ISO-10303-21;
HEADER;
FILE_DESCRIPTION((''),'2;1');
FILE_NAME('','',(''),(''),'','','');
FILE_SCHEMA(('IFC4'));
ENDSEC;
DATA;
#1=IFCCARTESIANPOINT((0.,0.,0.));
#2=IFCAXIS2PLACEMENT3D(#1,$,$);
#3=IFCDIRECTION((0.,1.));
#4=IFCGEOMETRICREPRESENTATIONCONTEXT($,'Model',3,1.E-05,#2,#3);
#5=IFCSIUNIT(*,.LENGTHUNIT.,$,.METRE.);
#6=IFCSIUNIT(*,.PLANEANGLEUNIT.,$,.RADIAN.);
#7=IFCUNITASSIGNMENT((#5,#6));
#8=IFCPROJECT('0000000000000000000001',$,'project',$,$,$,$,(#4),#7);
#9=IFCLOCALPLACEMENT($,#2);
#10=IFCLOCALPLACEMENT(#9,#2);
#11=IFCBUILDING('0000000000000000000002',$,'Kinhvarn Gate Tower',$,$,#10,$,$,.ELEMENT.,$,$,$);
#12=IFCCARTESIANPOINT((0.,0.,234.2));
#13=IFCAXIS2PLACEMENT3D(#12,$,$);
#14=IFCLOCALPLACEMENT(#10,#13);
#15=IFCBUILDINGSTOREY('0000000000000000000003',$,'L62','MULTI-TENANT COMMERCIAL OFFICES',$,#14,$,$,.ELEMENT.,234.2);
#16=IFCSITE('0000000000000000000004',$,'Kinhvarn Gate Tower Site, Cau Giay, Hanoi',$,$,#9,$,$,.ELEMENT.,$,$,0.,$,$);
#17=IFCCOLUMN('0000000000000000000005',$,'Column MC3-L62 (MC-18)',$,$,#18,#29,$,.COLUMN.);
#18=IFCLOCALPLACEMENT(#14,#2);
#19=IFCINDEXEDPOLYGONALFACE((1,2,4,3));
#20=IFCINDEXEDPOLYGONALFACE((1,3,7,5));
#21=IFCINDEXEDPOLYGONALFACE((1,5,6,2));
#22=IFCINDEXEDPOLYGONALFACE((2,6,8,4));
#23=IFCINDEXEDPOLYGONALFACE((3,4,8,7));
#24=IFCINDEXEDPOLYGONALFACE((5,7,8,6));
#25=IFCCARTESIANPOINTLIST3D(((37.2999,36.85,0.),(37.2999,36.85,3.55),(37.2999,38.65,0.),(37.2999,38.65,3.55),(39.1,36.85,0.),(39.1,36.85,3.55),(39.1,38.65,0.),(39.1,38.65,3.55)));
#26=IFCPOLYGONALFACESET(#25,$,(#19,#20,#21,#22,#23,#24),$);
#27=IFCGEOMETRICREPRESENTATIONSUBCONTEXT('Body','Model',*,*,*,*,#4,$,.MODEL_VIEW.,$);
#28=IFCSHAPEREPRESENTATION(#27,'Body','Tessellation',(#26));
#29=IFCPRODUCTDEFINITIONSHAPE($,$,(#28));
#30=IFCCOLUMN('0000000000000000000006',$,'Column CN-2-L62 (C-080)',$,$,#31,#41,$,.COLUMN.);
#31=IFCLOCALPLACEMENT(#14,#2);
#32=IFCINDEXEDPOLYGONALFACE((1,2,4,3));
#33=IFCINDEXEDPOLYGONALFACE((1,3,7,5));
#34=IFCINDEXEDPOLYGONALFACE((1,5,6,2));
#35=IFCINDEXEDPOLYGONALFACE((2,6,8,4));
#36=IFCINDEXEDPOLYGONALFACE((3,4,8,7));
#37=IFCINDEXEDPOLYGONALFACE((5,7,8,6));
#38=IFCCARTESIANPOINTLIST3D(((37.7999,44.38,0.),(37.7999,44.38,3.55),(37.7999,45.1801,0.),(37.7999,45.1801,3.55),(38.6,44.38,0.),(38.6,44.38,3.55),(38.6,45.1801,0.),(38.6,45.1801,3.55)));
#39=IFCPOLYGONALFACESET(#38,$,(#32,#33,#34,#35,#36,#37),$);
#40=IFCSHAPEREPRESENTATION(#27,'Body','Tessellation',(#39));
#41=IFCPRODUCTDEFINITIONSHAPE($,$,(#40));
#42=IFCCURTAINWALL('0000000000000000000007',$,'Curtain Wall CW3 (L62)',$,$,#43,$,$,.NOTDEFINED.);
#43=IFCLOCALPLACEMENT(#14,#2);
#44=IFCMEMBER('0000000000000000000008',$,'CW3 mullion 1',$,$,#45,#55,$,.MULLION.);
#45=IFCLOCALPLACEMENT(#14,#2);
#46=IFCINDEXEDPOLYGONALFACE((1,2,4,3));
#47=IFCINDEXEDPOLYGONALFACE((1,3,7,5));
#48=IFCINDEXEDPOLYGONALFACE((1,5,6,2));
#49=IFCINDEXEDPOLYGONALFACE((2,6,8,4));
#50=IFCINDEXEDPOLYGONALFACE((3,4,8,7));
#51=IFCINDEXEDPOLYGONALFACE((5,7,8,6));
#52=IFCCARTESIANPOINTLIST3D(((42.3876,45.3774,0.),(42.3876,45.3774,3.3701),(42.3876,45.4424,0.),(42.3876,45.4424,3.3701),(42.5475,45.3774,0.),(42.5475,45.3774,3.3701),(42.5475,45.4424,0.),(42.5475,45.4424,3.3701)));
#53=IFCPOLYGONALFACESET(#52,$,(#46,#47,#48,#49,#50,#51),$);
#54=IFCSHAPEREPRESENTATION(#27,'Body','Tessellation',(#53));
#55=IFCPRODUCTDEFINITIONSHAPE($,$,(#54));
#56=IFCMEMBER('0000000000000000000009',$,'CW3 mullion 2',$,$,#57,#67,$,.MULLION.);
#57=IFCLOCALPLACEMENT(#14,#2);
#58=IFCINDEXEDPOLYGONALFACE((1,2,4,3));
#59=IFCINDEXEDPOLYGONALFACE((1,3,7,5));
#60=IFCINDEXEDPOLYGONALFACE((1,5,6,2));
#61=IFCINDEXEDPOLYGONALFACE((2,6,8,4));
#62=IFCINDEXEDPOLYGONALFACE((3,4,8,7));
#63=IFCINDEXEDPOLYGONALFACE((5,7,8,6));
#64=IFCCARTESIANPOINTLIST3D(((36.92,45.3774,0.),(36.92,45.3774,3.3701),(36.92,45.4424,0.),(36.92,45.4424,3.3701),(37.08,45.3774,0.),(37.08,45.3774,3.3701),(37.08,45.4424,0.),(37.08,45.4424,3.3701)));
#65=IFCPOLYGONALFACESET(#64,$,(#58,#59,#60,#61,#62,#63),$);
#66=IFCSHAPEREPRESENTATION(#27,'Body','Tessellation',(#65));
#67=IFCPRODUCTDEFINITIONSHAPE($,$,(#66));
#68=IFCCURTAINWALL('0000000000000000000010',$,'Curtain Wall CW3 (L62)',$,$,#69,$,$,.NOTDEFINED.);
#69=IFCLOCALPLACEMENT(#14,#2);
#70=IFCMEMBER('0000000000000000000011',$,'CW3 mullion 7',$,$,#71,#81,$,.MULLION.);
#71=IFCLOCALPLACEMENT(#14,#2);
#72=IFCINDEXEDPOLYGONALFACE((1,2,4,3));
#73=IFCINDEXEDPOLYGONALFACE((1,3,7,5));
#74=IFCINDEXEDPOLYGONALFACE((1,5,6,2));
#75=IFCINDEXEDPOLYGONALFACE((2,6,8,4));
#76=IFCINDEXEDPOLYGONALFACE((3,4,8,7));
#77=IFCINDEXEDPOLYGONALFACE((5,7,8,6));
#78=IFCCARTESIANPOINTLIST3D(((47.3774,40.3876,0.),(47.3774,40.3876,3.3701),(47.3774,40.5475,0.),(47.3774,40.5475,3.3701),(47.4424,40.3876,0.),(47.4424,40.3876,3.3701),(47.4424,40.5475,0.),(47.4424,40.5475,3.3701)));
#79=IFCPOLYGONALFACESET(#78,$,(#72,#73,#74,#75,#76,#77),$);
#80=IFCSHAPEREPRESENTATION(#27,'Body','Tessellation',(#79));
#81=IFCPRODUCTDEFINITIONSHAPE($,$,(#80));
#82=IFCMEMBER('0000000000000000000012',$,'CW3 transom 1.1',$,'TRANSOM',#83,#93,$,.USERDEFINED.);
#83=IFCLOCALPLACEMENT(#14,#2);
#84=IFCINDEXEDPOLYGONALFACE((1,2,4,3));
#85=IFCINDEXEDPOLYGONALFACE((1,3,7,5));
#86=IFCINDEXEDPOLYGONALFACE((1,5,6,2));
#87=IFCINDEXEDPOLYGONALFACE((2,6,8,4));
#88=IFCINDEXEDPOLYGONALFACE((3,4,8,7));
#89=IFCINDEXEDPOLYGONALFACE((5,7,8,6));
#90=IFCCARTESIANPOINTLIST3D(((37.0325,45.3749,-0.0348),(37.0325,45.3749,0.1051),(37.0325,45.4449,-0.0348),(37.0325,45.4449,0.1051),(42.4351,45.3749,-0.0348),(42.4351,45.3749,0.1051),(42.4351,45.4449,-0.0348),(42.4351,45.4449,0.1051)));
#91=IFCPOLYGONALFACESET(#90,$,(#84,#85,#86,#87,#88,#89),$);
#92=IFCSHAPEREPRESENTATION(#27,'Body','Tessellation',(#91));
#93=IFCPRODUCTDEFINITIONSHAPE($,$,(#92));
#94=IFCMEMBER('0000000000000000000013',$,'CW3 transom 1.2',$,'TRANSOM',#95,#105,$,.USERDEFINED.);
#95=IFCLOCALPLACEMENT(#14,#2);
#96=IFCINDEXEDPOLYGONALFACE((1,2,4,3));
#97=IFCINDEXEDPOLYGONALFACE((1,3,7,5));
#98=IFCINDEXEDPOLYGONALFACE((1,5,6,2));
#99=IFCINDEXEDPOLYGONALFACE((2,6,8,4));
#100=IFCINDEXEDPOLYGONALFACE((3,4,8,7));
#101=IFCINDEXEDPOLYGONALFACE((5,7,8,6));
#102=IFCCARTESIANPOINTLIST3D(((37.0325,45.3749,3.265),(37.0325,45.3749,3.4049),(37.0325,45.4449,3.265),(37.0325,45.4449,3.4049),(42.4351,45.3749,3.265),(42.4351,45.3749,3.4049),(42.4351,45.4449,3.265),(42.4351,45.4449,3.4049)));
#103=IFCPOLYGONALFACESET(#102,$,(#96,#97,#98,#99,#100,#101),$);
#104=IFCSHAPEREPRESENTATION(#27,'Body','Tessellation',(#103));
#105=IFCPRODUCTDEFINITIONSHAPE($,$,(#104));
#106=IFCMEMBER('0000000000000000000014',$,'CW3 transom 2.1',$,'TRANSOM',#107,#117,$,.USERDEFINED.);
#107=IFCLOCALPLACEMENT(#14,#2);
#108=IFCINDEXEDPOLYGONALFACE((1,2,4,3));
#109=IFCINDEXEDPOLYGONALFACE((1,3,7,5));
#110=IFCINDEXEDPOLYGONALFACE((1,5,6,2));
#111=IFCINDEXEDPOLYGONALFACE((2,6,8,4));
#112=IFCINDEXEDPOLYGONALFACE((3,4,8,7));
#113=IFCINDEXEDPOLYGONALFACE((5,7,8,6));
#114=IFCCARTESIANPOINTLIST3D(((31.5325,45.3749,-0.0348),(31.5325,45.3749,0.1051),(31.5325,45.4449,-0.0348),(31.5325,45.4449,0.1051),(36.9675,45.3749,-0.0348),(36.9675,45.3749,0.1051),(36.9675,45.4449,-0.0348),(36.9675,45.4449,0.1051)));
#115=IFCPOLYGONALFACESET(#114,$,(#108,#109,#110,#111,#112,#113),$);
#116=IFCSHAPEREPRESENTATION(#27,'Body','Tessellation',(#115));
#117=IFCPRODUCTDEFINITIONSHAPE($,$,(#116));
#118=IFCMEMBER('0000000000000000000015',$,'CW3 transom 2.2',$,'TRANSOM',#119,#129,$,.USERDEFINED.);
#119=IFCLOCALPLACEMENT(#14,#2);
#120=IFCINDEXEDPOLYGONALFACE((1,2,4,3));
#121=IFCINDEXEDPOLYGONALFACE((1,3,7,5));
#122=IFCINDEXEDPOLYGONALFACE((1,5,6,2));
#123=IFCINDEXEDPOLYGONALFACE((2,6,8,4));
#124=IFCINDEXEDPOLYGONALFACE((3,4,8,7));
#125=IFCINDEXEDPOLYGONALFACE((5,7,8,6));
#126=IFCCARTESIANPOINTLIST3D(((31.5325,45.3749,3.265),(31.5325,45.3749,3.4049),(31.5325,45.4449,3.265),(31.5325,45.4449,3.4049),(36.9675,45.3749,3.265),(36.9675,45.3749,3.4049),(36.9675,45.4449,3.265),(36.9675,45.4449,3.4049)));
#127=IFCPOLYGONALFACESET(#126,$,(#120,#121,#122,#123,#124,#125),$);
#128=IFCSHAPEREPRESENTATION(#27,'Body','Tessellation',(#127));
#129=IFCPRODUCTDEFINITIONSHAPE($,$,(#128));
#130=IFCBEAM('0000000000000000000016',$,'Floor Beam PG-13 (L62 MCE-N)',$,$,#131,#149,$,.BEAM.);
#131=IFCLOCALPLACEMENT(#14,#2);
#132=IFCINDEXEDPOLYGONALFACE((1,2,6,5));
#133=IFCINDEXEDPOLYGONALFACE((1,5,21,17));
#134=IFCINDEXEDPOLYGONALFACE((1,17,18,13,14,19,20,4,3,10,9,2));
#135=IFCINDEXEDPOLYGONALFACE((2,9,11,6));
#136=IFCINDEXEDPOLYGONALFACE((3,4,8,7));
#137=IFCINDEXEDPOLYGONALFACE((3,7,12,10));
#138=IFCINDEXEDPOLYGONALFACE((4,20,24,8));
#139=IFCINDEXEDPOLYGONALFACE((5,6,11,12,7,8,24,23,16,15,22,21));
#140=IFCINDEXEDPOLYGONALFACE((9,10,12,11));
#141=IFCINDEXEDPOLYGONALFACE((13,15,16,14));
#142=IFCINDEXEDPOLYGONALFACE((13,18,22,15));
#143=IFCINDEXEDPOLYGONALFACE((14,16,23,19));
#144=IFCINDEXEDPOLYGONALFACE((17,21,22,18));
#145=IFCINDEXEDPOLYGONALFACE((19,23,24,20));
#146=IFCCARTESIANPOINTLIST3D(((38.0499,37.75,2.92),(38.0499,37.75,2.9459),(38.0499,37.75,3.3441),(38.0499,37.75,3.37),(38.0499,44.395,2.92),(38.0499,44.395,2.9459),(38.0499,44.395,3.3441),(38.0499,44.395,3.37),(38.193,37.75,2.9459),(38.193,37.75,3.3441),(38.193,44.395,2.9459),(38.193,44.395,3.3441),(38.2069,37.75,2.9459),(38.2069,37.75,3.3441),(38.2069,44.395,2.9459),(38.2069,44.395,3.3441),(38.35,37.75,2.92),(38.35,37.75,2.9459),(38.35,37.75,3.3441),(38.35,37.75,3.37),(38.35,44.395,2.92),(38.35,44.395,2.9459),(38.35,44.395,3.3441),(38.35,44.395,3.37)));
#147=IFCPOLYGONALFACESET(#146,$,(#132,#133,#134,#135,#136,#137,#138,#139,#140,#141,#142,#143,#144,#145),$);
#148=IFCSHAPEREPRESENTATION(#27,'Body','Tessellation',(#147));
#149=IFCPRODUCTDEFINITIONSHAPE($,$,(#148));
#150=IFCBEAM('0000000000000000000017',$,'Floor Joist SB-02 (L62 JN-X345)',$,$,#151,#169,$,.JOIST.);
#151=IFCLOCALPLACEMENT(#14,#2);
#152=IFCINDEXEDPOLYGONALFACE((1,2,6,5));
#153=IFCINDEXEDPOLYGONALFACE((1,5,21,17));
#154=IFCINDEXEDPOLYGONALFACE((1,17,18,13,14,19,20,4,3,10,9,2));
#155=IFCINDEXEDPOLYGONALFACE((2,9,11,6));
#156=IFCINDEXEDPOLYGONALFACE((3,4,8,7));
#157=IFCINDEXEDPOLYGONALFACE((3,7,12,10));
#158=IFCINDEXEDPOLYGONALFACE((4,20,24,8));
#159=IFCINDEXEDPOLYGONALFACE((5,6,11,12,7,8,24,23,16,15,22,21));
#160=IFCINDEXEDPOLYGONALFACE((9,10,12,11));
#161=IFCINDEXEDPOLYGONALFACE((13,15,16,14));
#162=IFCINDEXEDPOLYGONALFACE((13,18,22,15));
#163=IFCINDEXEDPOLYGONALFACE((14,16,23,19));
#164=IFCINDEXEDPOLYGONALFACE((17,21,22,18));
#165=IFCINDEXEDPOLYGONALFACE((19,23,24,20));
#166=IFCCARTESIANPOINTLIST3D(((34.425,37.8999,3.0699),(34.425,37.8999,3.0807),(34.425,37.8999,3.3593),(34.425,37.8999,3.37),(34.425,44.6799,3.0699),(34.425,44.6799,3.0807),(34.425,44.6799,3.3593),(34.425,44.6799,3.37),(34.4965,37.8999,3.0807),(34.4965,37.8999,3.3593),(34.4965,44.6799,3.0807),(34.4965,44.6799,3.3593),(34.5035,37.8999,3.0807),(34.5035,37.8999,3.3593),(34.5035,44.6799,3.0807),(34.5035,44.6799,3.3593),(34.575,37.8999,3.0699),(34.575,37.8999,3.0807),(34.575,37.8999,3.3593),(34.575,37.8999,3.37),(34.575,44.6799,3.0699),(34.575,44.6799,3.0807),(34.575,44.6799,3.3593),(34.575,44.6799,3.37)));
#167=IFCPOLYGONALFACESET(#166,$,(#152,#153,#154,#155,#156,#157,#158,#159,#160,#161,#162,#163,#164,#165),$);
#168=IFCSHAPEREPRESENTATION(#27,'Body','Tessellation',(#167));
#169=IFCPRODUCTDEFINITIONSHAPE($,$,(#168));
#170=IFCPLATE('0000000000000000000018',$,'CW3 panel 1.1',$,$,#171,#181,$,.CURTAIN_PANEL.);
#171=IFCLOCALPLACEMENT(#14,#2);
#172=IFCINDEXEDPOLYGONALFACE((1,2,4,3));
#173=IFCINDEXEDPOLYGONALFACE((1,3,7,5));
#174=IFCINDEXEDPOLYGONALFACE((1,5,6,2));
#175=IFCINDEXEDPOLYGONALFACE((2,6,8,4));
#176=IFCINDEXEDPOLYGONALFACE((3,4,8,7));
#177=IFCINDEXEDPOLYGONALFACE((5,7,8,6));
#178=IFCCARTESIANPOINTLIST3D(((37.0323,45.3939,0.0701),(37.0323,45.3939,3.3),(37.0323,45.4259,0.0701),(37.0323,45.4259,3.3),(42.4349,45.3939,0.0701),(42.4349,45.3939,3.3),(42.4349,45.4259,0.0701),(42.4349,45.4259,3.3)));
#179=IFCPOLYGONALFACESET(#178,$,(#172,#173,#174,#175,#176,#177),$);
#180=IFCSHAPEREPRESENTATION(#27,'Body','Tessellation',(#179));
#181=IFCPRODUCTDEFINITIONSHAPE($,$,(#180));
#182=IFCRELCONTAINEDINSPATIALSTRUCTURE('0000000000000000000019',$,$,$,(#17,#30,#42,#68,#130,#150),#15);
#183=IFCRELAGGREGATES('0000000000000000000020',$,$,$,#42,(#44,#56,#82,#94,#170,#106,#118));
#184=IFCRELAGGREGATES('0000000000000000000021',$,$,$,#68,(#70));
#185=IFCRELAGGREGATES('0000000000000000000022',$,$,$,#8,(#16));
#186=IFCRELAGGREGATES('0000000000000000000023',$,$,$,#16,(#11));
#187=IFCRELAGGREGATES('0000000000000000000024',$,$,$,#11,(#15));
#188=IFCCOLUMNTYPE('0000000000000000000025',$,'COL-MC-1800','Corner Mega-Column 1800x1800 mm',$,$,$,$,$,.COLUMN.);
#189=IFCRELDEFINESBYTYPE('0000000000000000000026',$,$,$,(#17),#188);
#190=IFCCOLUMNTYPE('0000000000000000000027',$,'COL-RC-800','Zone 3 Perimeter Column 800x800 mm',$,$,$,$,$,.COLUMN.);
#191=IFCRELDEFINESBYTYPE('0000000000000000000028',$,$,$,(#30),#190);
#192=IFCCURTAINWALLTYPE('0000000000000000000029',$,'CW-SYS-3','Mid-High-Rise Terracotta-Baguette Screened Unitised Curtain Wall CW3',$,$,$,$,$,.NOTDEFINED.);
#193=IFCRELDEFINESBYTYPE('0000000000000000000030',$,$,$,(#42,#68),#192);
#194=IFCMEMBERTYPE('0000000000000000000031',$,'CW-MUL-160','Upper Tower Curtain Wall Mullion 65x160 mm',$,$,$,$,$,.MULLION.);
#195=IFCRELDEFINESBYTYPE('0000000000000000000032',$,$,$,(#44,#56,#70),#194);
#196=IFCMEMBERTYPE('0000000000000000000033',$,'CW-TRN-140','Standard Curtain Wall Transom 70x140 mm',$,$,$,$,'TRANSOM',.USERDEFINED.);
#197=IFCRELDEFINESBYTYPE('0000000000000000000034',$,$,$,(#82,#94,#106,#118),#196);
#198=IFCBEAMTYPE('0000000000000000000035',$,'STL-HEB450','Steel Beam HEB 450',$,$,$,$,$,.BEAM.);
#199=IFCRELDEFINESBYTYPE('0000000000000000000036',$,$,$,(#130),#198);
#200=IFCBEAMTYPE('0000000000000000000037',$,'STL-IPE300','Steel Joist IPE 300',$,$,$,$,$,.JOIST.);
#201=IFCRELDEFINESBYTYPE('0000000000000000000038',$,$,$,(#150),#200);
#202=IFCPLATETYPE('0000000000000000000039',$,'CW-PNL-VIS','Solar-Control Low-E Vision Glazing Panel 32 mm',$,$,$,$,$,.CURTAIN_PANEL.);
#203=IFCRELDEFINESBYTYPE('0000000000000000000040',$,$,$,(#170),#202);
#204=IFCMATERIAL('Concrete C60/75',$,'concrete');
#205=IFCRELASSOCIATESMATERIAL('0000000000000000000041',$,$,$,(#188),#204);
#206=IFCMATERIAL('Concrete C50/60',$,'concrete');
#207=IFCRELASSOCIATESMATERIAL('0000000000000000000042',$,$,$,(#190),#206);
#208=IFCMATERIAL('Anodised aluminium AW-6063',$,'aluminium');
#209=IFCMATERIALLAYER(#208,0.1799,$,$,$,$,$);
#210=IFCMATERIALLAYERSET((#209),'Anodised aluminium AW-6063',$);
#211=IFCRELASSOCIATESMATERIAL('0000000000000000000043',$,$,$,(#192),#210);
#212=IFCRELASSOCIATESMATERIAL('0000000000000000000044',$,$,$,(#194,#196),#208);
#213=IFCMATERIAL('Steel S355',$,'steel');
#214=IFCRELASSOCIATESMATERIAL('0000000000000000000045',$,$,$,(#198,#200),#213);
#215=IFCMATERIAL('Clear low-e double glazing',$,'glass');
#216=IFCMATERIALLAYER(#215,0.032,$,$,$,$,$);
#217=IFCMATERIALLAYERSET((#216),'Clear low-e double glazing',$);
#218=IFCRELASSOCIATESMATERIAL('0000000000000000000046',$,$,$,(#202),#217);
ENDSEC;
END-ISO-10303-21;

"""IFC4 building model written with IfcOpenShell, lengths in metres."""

from ifc_helpers import new_model, si_unit, direction, frame, origin, origin_2d, place, context, subcontext, project, spatial, rectangle, i_section, extrude, material, layer, layer_set, material_profile, profile_set, type_object, element, aggregate, save


model = new_model("IFC4")

# Units and contexts
model_context = context("Model", 3, precision=1e-05, world=origin(), true_north=direction((0.0, 1.0)))
body_context = subcontext(model_context, "Body", "Model", "MODEL_VIEW")
ifc_project = project(units=[si_unit("LENGTHUNIT", "METRE"), si_unit("PLANEANGLEUNIT", "RADIAN")], contexts=[model_context])

# Site, building, storey
site_placement = place(None, origin())
site = spatial("IfcSite", under=ifc_project, at=site_placement, Name="Kinhvarn Gate Tower Site, Cau Giay, Hanoi", CompositionType="ELEMENT", RefElevation=0.0)
building_placement = place(site_placement, origin())
building = spatial("IfcBuilding", under=site, at=building_placement, Name="Kinhvarn Gate Tower", CompositionType="ELEMENT")
storey_placement = place(building_placement, frame((0.0, 0.0, 234.2)))
storey = spatial("IfcBuildingStorey", under=building, at=storey_placement, Name="L62", Description="MULTI-TENANT COMMERCIAL OFFICES", CompositionType="ELEMENT", Elevation=234.2)

# Columns
ifc_material_1 = material(Name="Concrete C60/75", Category="concrete")
ifc_material_profile_1 = material_profile(ifc_material_1, rectangle(XDim=1.8, YDim=1.8, at=origin_2d()), Name="RC 1800x1800")
ifc_profile_set_1 = profile_set([ifc_material_profile_1], Name="Concrete C60/75")
column_type_1 = type_object("IfcColumnType", Name="COL-MC-1800", Description="Corner Mega-Column 1800x1800 mm", PredefinedType="COLUMN", material=ifc_profile_set_1)
column_1_placement = place(storey_placement, frame((38.2, 37.75, 0.0), z_axis=(0.0, 0.0, 1.0), x_axis=(1.0, 0.0, 0.0)))
element("IfcColumn", 1, at=column_1_placement, inside=storey, type_object=column_type_1, Name="Column MC3-L62 (MC-18)", PredefinedType="COLUMN", context=body_context, shape_type="SweptSolid", body=[
    extrude(rectangle(XDim=1.8, YDim=1.8, at=origin_2d()), origin(), (0.0, 0.0, 1.0), 3.55),
])
ifc_material_2 = material(Name="Concrete C50/60", Category="concrete")
ifc_material_profile_2 = material_profile(ifc_material_2, rectangle(XDim=0.8, YDim=0.8, at=origin_2d()), Name="RC 800x800")
ifc_profile_set_2 = profile_set([ifc_material_profile_2], Name="Concrete C50/60")
column_type_2 = type_object("IfcColumnType", Name="COL-RC-800", Description="Zone 3 Perimeter Column 800x800 mm", PredefinedType="COLUMN", material=ifc_profile_set_2)
column_2_placement = place(storey_placement, frame((38.2, 44.78, 0.0), z_axis=(0.0, 0.0, 1.0), x_axis=(1.0, 0.0, 0.0)))
element("IfcColumn", 2, at=column_2_placement, inside=storey, type_object=column_type_2, Name="Column CN-2-L62 (C-080)", PredefinedType="COLUMN", context=body_context, shape_type="SweptSolid", body=[
    extrude(rectangle(XDim=0.8, YDim=0.8, at=origin_2d()), origin(), (0.0, 0.0, 1.0), 3.55),
])

# Curtain wall, members
ifc_material_3 = material(Name="Anodised aluminium AW-6063", Category="aluminium")
ifc_layer_1 = layer(ifc_material_3, 0.1799)
ifc_layer_set_1 = layer_set([ifc_layer_1], Name="Anodised aluminium AW-6063")
curtain_wall_type = type_object("IfcCurtainWallType", Name="CW-SYS-3", Description="Mid-High-Rise Terracotta-Baguette Screened Unitised Curtain Wall CW3", PredefinedType="NOTDEFINED", material=ifc_layer_set_1)
curtain_wall_1_placement = place(storey_placement, origin())
curtain_wall_1 = element("IfcCurtainWall", 3, at=curtain_wall_1_placement, inside=storey, type_object=curtain_wall_type, Name="Curtain Wall CW3 (L62)", PredefinedType="NOTDEFINED")
ifc_material_profile_3 = material_profile(ifc_material_3, rectangle(XDim=0.0649, YDim=0.1599, at=origin_2d()), Name="ALU 65x160")
ifc_profile_set_3 = profile_set([ifc_material_profile_3], Name="Anodised aluminium AW-6063")
member_type_1 = type_object("IfcMemberType", Name="CW-MUL-160", Description="Upper Tower Curtain Wall Mullion 65x160 mm", PredefinedType="MULLION", material=ifc_profile_set_3)
member_1_placement = place(storey_placement, frame((42.4675, 45.4099, 0.0), z_axis=(0.0, 0.0, 1.0), x_axis=(0.0, -1.0, 0.0)))
member_1 = element("IfcMember", 4, at=member_1_placement, type_object=member_type_1, Name="CW3 mullion 1", PredefinedType="MULLION", context=body_context, shape_type="SweptSolid", body=[
    extrude(rectangle(XDim=0.0649, YDim=0.1599, at=origin_2d()), origin(), (0.0, 0.0, 1.0), 3.3701),
])
member_2_placement = place(storey_placement, frame((37.0, 45.4099, 0.0), z_axis=(0.0, 0.0, 1.0), x_axis=(0.0, -1.0, 0.0)))
member_2 = element("IfcMember", 5, at=member_2_placement, type_object=member_type_1, Name="CW3 mullion 2", PredefinedType="MULLION", context=body_context, shape_type="SweptSolid", body=[
    extrude(rectangle(XDim=0.0649, YDim=0.1599, at=origin_2d()), origin(), (0.0, 0.0, 1.0), 3.3701),
])

# Curtain wall, member
curtain_wall_2_placement = place(storey_placement, origin())
curtain_wall_2 = element("IfcCurtainWall", 6, at=curtain_wall_2_placement, inside=storey, type_object=curtain_wall_type, Name="Curtain Wall CW3 (L62)", PredefinedType="NOTDEFINED")
member_3_placement = place(storey_placement, frame((47.4099, 40.4675, 0.0), z_axis=(0.0, 0.0, 1.0), x_axis=(-1.0, 0.0, 0.0)))
member_3 = element("IfcMember", 7, at=member_3_placement, type_object=member_type_1, Name="CW3 mullion 7", PredefinedType="MULLION", context=body_context, shape_type="SweptSolid", body=[
    extrude(rectangle(XDim=0.0649, YDim=0.1599, at=origin_2d()), origin(), (0.0, 0.0, 1.0), 3.3701),
])

# Members
ifc_material_profile_4 = material_profile(ifc_material_3, rectangle(XDim=0.0701, YDim=0.1399, at=origin_2d()), Name="ALU 70x140")
ifc_profile_set_4 = profile_set([ifc_material_profile_4], Name="Anodised aluminium AW-6063")
member_type_2 = type_object("IfcMemberType", Name="CW-TRN-140", Description="Standard Curtain Wall Transom 70x140 mm", ElementType="TRANSOM", PredefinedType="USERDEFINED", material=ifc_profile_set_4)
member_4_placement = place(storey_placement, frame((42.4351, 45.4099, 0.0352), z_axis=(-1.0, 0.0, 0.0), x_axis=(0.0, -1.0, 0.0)))
member_4 = element("IfcMember", 8, at=member_4_placement, type_object=member_type_2, Name="CW3 transom 1.1", ObjectType="TRANSOM", PredefinedType="USERDEFINED", context=body_context, shape_type="SweptSolid", body=[
    extrude(rectangle(XDim=0.0701, YDim=0.1399, at=origin_2d()), origin(), (0.0, 0.0, 1.0), 5.4026),
])
member_5_placement = place(storey_placement, frame((42.4351, 45.4099, 3.335), z_axis=(-1.0, 0.0, 0.0), x_axis=(0.0, -1.0, 0.0)))
member_5 = element("IfcMember", 9, at=member_5_placement, type_object=member_type_2, Name="CW3 transom 1.2", ObjectType="TRANSOM", PredefinedType="USERDEFINED", context=body_context, shape_type="SweptSolid", body=[
    extrude(rectangle(XDim=0.0701, YDim=0.1399, at=origin_2d()), origin(), (0.0, 0.0, 1.0), 5.4026),
])
member_6_placement = place(storey_placement, frame((36.9675, 45.4099, 0.0352), z_axis=(-1.0, 0.0, 0.0), x_axis=(0.0, -1.0, 0.0)))
member_6 = element("IfcMember", 10, at=member_6_placement, type_object=member_type_2, Name="CW3 transom 2.1", ObjectType="TRANSOM", PredefinedType="USERDEFINED", context=body_context, shape_type="SweptSolid", body=[
    extrude(rectangle(XDim=0.0701, YDim=0.1399, at=origin_2d()), origin(), (0.0, 0.0, 1.0), 5.4351),
])
member_7_placement = place(storey_placement, frame((36.9675, 45.4099, 3.335), z_axis=(-1.0, 0.0, 0.0), x_axis=(0.0, -1.0, 0.0)))
member_7 = element("IfcMember", 11, at=member_7_placement, type_object=member_type_2, Name="CW3 transom 2.2", ObjectType="TRANSOM", PredefinedType="USERDEFINED", context=body_context, shape_type="SweptSolid", body=[
    extrude(rectangle(XDim=0.0701, YDim=0.1399, at=origin_2d()), origin(), (0.0, 0.0, 1.0), 5.4351),
])

# Beams
ifc_material_4 = material(Name="Steel S355", Category="steel")
ifc_material_profile_5 = material_profile(ifc_material_4, i_section(OverallWidth=0.3, OverallDepth=0.45, WebThickness=0.0139, FlangeThickness=0.0259, at=origin_2d()), Name="HEB 450")
ifc_profile_set_5 = profile_set([ifc_material_profile_5], Name="Steel S355")
beam_type_1 = type_object("IfcBeamType", Name="STL-HEB450", Description="Steel Beam HEB 450", PredefinedType="BEAM", material=ifc_profile_set_5)
beam_1_placement = place(storey_placement, frame((38.2, 37.75, 3.145), z_axis=(0.0, 1.0, 0.0), x_axis=(-1.0, 0.0, 0.0)))
element("IfcBeam", 12, at=beam_1_placement, inside=storey, type_object=beam_type_1, Name="Floor Beam PG-13 (L62 MCE-N)", PredefinedType="BEAM", context=body_context, shape_type="SweptSolid", body=[
    extrude(i_section(OverallWidth=0.3, OverallDepth=0.45, WebThickness=0.0139, FlangeThickness=0.0259, at=origin_2d()), origin(), (0.0, 0.0, 1.0), 6.645),
])
ifc_material_profile_6 = material_profile(ifc_material_4, i_section(OverallWidth=0.1499, OverallDepth=0.3, WebThickness=0.0071, FlangeThickness=0.0107, at=origin_2d()), Name="IPE 300")
ifc_profile_set_6 = profile_set([ifc_material_profile_6], Name="Steel S355")
beam_type_2 = type_object("IfcBeamType", Name="STL-IPE300", Description="Steel Joist IPE 300", PredefinedType="JOIST", material=ifc_profile_set_6)
beam_2_placement = place(storey_placement, frame((34.5, 37.8999, 3.22), z_axis=(0.0, 1.0, 0.0), x_axis=(-1.0, 0.0, 0.0)))
element("IfcBeam", 13, at=beam_2_placement, inside=storey, type_object=beam_type_2, Name="Floor Joist SB-02 (L62 JN-X345)", PredefinedType="JOIST", context=body_context, shape_type="SweptSolid", body=[
    extrude(i_section(OverallWidth=0.1499, OverallDepth=0.3, WebThickness=0.0071, FlangeThickness=0.0107, at=origin_2d()), origin(), (0.0, 0.0, 1.0), 6.78),
])

# Plate
ifc_material_5 = material(Name="Clear low-e double glazing", Category="glass")
ifc_layer_2 = layer(ifc_material_5, 0.032)
ifc_layer_set_2 = layer_set([ifc_layer_2], Name="Clear low-e double glazing")
plate_type = type_object("IfcPlateType", Name="CW-PNL-VIS", Description="Solar-Control Low-E Vision Glazing Panel 32 mm", PredefinedType="CURTAIN_PANEL", material=ifc_layer_set_2)
plate_1_placement = place(storey_placement, frame((39.7336, 45.4099, 0.0701), z_axis=(0.0, 0.0, 1.0), x_axis=(-1.0, 0.0, 0.0)))
plate_1 = element("IfcPlate", 14, at=plate_1_placement, type_object=plate_type, Name="CW3 panel 1.1", PredefinedType="CURTAIN_PANEL", context=body_context, shape_type="SweptSolid", body=[
    extrude(rectangle(XDim=5.4026, YDim=0.032, at=origin_2d()), origin(), (0.0, 0.0, 1.0), 3.23),
])
aggregate(curtain_wall_1, [member_1, member_2, member_4, member_5, plate_1, member_6, member_7])
aggregate(curtain_wall_2, [member_3])

save(model, "model.ifc")
